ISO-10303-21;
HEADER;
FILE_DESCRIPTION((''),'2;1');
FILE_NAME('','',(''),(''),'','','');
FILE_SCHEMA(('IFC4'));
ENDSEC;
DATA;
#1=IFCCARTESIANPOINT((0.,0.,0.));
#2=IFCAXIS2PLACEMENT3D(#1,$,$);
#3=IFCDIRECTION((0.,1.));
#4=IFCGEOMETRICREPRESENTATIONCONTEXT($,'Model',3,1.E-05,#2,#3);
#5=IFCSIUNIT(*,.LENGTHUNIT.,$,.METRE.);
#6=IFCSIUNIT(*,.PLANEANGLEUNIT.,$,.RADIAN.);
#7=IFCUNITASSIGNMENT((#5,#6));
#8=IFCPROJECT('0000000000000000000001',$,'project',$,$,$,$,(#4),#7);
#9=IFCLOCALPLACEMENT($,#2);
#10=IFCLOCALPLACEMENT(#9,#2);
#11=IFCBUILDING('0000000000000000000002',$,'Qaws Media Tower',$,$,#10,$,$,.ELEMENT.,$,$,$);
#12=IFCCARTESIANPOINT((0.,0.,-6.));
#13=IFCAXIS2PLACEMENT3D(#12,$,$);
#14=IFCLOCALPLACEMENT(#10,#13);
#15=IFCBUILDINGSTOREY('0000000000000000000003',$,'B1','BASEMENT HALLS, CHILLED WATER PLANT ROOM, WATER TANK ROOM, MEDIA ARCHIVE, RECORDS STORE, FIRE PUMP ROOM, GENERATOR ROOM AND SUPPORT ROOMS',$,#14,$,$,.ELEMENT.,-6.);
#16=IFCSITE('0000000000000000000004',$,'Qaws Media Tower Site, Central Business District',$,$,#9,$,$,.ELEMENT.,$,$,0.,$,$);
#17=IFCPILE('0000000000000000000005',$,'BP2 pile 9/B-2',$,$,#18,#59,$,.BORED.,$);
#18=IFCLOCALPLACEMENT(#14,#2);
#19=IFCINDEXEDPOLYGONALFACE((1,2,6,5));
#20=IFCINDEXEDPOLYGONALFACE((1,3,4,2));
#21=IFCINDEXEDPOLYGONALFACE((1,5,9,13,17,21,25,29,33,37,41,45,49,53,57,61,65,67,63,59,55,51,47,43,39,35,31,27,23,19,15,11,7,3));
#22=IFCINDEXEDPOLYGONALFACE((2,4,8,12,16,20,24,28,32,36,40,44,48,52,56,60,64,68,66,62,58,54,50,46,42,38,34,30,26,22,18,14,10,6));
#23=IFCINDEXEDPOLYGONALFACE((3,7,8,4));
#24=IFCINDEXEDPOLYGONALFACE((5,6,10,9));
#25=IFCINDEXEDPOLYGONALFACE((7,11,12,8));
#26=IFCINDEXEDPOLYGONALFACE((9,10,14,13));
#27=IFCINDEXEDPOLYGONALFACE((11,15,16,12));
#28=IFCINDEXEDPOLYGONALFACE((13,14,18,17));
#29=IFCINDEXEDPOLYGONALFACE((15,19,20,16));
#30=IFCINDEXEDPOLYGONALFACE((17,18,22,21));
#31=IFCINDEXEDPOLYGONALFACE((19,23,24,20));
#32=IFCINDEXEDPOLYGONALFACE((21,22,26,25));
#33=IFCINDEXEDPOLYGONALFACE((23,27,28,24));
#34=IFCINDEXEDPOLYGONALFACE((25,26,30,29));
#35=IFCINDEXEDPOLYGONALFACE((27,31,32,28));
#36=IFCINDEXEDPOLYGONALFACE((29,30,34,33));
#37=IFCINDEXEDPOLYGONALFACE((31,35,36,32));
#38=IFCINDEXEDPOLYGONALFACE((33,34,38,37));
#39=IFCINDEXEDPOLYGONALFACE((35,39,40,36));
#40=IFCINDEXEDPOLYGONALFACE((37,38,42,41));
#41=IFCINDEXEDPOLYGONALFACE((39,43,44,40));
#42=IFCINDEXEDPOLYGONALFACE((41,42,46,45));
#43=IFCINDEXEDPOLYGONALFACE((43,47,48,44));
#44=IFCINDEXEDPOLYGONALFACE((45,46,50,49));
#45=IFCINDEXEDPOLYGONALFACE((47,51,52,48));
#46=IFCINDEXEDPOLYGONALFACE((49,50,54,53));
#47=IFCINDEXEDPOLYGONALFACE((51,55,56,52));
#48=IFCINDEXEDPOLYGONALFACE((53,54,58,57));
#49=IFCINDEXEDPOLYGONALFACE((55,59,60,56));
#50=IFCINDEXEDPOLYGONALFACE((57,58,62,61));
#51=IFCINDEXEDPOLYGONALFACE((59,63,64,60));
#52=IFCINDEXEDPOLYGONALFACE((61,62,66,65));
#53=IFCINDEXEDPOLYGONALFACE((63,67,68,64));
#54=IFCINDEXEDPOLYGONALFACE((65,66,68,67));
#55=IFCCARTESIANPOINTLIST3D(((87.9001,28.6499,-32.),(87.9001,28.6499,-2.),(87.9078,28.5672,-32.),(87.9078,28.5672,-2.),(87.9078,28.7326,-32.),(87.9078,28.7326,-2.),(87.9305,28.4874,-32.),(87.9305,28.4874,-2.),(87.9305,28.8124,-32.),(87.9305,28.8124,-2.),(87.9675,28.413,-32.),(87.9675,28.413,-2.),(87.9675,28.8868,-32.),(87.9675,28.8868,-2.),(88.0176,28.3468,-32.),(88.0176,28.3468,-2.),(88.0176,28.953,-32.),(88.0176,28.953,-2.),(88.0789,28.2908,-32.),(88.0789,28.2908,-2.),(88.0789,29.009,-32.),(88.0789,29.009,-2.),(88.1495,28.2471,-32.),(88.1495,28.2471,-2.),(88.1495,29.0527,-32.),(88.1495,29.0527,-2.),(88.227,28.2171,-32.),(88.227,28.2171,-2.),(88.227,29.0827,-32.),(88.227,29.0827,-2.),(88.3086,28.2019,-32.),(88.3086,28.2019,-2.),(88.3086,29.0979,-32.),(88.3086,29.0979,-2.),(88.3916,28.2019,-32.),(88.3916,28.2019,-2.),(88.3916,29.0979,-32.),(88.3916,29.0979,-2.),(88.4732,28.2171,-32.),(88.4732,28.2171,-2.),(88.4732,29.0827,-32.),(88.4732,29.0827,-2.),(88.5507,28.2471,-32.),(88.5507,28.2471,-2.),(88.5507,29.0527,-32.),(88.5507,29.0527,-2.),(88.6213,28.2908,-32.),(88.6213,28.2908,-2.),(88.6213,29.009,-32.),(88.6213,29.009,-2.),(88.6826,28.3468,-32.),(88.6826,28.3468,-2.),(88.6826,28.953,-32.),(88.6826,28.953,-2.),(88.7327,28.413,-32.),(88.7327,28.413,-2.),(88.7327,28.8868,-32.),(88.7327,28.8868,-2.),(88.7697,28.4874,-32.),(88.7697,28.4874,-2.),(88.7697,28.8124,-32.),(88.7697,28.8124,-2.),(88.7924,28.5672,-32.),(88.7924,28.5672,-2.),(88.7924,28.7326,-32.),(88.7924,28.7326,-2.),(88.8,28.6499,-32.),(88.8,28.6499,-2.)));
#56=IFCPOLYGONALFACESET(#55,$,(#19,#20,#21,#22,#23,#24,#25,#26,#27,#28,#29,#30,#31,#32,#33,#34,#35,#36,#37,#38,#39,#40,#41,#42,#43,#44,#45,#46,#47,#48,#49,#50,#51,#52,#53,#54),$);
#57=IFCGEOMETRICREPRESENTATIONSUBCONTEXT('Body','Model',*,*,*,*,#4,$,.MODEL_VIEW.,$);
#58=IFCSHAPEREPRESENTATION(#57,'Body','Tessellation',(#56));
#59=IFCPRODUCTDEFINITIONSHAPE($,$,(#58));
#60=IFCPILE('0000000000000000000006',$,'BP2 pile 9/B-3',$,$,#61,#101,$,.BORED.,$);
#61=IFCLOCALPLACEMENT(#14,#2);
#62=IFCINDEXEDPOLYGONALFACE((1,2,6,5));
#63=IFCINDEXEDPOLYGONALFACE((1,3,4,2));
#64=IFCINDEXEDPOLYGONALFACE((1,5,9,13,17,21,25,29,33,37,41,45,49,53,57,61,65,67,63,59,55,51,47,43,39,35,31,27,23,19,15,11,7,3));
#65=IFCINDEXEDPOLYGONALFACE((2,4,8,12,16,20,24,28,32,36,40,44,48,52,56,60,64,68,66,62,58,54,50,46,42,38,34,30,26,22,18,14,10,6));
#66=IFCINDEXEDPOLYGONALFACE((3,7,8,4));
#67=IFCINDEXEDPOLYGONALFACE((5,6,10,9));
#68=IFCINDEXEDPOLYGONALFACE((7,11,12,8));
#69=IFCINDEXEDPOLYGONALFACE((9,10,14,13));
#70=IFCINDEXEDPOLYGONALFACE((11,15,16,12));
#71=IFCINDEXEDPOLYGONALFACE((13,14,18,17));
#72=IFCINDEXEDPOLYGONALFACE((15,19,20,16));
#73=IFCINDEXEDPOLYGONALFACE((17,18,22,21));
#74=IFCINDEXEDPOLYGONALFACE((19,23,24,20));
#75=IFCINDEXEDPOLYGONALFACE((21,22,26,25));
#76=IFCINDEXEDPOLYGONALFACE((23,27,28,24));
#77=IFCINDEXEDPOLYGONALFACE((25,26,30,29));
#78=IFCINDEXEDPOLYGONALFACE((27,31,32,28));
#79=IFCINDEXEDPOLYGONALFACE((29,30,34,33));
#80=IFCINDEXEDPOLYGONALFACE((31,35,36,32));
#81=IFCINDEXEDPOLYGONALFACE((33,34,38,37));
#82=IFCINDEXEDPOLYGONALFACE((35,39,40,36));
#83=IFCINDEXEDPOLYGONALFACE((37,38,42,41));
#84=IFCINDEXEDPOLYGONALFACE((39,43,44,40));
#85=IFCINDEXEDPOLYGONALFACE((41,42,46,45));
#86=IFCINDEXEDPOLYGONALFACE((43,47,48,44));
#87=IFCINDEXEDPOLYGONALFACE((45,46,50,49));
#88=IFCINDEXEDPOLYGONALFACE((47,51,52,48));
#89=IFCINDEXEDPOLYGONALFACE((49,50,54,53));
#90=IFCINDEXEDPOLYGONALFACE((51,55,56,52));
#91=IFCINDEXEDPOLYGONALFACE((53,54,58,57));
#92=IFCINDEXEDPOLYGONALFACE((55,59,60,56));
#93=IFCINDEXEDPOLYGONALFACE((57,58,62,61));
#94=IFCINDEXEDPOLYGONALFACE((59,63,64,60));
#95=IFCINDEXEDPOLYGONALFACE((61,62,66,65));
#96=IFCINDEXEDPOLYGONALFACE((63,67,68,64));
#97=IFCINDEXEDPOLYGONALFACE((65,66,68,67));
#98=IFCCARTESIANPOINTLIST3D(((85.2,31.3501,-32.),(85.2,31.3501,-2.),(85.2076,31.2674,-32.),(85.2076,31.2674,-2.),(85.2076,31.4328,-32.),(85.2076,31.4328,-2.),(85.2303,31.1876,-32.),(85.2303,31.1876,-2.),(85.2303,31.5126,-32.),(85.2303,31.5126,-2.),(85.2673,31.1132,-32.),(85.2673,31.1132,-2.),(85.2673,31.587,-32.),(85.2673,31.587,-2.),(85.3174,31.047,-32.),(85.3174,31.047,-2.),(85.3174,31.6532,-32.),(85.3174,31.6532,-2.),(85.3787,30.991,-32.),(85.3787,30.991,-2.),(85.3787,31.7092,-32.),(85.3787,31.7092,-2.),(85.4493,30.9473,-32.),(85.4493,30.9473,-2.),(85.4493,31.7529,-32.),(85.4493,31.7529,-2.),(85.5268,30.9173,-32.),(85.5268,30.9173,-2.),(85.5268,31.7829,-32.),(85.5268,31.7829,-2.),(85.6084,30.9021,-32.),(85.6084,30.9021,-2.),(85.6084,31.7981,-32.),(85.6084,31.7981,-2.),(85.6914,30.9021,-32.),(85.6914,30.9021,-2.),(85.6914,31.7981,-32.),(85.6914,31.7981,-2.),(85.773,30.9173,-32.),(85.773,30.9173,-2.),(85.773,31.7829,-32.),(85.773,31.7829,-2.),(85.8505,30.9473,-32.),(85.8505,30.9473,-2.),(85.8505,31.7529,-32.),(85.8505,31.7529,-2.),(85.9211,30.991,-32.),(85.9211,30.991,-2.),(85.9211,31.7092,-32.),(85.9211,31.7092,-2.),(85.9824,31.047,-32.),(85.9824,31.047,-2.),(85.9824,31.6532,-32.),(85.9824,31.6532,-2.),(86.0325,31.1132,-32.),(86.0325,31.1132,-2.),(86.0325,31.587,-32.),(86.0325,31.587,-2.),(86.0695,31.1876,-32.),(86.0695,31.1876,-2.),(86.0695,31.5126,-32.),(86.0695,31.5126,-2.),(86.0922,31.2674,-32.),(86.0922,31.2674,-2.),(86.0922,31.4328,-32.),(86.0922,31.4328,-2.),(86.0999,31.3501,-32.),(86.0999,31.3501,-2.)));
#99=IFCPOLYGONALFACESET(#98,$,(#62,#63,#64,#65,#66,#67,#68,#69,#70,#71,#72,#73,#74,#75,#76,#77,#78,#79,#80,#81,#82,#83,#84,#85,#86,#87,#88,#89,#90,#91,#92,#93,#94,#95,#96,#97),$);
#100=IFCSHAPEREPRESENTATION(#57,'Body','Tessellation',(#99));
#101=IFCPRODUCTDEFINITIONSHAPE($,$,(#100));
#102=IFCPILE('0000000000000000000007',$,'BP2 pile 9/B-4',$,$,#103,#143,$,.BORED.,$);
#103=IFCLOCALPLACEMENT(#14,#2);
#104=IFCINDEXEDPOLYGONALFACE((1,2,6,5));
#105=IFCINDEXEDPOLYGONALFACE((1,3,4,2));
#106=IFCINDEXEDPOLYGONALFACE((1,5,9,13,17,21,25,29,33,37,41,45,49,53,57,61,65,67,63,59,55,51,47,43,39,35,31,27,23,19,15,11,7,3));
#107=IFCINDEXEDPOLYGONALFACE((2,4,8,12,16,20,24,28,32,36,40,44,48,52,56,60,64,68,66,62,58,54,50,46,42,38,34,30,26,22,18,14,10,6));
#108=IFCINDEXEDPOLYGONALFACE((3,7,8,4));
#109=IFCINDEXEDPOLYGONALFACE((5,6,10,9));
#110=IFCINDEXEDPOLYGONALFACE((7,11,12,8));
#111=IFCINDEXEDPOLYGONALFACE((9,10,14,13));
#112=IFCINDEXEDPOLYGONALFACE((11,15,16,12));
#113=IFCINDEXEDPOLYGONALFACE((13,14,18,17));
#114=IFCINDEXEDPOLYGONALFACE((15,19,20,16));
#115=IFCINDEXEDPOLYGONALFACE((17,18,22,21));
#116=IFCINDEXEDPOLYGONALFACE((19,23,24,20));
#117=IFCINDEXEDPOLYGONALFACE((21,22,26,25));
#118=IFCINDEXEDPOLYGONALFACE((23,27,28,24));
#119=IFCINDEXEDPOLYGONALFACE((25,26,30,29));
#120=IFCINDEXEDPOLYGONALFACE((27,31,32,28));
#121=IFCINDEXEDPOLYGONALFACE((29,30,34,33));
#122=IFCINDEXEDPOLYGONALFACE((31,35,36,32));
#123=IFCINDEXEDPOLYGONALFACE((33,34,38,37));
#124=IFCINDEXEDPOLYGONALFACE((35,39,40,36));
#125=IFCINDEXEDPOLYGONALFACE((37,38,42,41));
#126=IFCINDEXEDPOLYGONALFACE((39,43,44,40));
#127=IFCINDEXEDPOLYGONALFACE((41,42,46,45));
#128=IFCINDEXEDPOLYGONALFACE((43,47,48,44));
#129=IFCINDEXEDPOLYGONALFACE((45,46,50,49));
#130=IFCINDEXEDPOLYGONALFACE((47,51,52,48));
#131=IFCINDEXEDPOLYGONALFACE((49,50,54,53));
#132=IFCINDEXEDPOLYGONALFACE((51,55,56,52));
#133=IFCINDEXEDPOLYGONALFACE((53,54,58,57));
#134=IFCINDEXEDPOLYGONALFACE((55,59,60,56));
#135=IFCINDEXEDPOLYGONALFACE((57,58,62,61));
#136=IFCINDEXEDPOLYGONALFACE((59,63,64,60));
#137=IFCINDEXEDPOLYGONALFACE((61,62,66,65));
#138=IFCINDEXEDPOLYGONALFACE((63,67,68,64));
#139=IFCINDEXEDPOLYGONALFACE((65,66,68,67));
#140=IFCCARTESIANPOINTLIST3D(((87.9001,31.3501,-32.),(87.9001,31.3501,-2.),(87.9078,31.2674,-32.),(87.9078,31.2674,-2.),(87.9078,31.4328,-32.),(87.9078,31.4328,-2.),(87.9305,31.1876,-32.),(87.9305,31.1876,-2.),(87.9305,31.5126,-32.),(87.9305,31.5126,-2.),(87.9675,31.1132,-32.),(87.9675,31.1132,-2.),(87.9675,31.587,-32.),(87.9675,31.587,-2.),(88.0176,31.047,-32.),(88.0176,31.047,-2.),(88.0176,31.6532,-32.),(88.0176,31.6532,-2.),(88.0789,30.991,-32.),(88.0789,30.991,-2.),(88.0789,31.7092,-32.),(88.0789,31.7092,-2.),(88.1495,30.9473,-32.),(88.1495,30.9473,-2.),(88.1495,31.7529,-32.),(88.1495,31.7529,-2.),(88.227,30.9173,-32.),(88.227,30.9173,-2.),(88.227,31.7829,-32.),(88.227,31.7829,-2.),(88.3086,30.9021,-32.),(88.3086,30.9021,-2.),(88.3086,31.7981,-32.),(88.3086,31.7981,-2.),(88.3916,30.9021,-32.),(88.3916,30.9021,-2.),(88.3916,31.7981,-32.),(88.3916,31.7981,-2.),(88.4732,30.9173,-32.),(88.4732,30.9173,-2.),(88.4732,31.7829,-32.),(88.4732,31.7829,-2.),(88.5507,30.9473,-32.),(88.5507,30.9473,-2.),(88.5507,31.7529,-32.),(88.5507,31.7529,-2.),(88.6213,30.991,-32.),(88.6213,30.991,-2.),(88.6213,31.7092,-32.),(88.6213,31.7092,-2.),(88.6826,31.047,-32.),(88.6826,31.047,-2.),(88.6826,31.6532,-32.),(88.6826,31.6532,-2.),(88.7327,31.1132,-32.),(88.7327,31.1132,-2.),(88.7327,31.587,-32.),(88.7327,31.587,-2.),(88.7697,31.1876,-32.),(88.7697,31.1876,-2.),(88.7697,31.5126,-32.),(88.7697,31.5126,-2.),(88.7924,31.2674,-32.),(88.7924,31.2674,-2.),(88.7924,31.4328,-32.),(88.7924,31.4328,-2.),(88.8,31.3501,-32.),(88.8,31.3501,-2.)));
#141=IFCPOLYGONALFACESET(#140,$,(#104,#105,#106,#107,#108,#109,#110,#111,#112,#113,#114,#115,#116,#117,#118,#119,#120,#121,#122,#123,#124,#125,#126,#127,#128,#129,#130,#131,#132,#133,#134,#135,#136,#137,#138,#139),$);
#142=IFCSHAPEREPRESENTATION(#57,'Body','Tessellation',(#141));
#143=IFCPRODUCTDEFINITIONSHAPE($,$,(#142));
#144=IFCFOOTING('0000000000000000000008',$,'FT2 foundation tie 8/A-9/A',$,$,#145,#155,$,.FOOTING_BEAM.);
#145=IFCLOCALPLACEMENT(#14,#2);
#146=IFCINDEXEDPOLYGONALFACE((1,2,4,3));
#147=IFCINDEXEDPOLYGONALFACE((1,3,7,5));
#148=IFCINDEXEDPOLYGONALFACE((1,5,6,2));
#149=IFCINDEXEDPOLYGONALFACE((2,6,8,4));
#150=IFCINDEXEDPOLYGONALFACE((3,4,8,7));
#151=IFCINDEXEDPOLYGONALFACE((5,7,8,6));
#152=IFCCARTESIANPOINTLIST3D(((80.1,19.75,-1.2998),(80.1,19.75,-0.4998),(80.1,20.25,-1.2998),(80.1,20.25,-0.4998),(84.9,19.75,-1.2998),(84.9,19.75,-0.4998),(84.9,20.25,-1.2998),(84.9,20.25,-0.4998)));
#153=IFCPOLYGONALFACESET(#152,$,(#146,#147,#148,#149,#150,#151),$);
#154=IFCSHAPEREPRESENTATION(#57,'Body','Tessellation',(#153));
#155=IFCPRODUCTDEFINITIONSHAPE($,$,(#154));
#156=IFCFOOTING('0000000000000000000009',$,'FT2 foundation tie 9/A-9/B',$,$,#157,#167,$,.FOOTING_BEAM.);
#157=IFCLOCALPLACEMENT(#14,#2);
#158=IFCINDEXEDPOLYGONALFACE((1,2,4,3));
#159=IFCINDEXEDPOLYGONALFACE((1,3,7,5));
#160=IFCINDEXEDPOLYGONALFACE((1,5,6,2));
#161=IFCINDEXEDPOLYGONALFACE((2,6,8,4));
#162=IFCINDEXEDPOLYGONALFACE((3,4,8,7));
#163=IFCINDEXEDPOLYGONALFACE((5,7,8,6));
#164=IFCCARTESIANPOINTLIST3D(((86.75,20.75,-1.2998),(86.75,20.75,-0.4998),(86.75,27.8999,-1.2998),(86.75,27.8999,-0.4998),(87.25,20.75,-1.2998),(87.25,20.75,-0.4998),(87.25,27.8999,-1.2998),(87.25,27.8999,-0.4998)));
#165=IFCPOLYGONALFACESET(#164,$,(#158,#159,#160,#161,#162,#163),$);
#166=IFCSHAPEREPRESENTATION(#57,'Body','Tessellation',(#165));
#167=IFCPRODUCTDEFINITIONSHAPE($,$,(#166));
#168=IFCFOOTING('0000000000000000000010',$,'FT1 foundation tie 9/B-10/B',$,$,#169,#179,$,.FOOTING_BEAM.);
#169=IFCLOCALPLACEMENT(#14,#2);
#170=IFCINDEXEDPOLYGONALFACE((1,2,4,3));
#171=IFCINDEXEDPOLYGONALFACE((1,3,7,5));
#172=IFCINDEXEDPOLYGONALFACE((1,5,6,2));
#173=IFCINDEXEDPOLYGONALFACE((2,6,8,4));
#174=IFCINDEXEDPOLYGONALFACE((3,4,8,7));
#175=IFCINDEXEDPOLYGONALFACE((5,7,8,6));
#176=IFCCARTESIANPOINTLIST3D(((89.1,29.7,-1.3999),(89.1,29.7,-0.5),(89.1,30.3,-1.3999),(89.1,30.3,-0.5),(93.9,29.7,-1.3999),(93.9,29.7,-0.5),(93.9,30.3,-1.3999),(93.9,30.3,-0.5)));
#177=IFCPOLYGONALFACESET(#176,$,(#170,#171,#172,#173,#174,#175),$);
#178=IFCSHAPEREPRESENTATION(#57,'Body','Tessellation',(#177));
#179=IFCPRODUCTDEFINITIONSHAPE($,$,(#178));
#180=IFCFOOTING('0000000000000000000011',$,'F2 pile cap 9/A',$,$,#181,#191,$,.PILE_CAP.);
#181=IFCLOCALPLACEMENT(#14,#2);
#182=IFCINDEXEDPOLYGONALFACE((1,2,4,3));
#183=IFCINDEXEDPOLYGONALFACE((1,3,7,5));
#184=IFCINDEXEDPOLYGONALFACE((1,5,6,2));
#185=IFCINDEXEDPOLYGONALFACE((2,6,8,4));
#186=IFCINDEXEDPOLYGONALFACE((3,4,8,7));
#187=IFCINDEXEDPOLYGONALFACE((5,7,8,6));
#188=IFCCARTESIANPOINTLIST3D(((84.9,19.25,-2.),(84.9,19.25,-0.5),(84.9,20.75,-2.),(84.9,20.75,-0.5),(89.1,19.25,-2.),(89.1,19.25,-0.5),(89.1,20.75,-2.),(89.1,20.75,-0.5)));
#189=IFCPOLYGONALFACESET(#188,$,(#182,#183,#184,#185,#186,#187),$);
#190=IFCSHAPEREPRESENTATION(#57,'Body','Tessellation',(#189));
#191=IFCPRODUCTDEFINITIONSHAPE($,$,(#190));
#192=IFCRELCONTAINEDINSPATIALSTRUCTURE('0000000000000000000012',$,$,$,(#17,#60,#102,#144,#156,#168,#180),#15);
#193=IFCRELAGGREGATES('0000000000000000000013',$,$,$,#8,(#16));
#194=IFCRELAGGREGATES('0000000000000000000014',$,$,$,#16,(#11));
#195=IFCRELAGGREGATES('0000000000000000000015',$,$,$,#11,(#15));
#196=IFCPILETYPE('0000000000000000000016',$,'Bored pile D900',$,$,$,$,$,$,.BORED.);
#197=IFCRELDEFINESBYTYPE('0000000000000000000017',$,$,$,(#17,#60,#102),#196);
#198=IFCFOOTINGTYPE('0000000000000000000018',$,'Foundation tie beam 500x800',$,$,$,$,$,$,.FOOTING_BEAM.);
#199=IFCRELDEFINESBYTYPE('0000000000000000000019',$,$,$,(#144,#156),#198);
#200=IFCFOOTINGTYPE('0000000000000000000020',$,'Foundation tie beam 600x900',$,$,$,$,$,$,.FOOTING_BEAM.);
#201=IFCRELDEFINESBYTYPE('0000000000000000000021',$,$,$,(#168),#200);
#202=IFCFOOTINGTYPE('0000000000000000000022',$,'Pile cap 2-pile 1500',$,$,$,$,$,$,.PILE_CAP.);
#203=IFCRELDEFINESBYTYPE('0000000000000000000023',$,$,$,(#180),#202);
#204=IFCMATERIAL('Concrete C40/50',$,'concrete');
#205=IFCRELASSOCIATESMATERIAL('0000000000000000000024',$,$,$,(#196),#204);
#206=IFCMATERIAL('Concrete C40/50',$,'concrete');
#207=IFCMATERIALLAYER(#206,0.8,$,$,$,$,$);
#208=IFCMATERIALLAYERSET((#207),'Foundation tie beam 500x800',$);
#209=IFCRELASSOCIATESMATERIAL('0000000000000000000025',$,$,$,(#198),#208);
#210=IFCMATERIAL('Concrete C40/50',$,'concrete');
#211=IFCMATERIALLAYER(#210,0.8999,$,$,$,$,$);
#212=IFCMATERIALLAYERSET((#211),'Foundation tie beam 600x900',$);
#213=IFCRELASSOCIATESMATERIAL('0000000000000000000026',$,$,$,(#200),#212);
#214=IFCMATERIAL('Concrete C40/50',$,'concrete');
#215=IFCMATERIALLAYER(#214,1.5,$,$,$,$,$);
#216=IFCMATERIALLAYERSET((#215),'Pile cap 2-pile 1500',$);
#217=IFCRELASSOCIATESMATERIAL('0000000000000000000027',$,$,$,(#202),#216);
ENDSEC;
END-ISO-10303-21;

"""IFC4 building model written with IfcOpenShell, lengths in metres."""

from ifc_helpers import new_model, si_unit, direction, frame, origin, origin_2d, place, context, subcontext, project, spatial, rectangle, circle, extrude, material, layer, layer_set, material_profile, profile_set, type_object, element, save


model = new_model("IFC4")

# Units and contexts
model_context = context("Model", 3, precision=1e-05, world=origin(), true_north=direction((0.0, 1.0)))
body_context = subcontext(model_context, "Body", "Model", "MODEL_VIEW")
ifc_project = project(units=[si_unit("LENGTHUNIT", "METRE"), si_unit("PLANEANGLEUNIT", "RADIAN")], contexts=[model_context])

# Site, building, storey
site_placement = place(None, origin())
site = spatial("IfcSite", under=ifc_project, at=site_placement, Name="Qaws Media Tower Site, Central Business District", CompositionType="ELEMENT", RefElevation=0.0)
building_placement = place(site_placement, origin())
building = spatial("IfcBuilding", under=site, at=building_placement, Name="Qaws Media Tower", CompositionType="ELEMENT")
storey_placement = place(building_placement, frame((0.0, 0.0, -6.0)))
storey = spatial("IfcBuildingStorey", under=building, at=storey_placement, Name="B1", Description="BASEMENT HALLS, CHILLED WATER PLANT ROOM, WATER TANK ROOM, MEDIA ARCHIVE, RECORDS STORE, FIRE PUMP ROOM, GENERATOR ROOM AND SUPPORT ROOMS", CompositionType="ELEMENT", Elevation=-6.0)

# Piles
ifc_material_1 = material(Name="Concrete C40/50", Category="concrete")
ifc_material_profile_1 = material_profile(ifc_material_1, circle(Radius=0.45, at=origin_2d()), Name="D900")
ifc_profile_set_1 = profile_set([ifc_material_profile_1], Name="Concrete C40/50")
pile_type = type_object("IfcPileType", Name="Bored pile D900", PredefinedType="BORED", material=ifc_profile_set_1)
for number, where, z_axis, x_axis, name in (
    (1, (88.3501, 28.6499, -2.0), (0.0, 0.0, -1.0), (1.0, 0.0, 0.0), "BP2 pile 9/B-2"),
    (2, (85.6499, 31.3501, -2.0), (0.0, 0.0, -1.0), (1.0, 0.0, 0.0), "BP2 pile 9/B-3"),
    (3, (88.3501, 31.3501, -2.0), (0.0, 0.0, -1.0), (1.0, 0.0, 0.0), "BP2 pile 9/B-4"),
):
    element("IfcPile", number, at=place(storey_placement, frame(where, z_axis=z_axis, x_axis=x_axis)), inside=storey, type_object=pile_type, Name=name, PredefinedType="BORED", context=body_context, shape_type="SweptSolid", body=[
        extrude(circle(Radius=0.45, at=origin_2d()), origin(), (0.0, 0.0, 1.0), 30.0),
    ])

# Footings
ifc_material_2 = material(Name="Concrete C40/50", Category="concrete")
ifc_layer_1 = layer(ifc_material_2, 0.8)
ifc_layer_set_1 = layer_set([ifc_layer_1], Name="Foundation tie beam 500x800")
footing_type_1 = type_object("IfcFootingType", Name="Foundation tie beam 500x800", PredefinedType="FOOTING_BEAM", material=ifc_layer_set_1)
footing_1_placement = place(storey_placement, frame((82.5, 20.0, -1.2998), z_axis=(0.0, 0.0, 1.0), x_axis=(1.0, 0.0, 0.0)))
element("IfcFooting", 4, at=footing_1_placement, inside=storey, type_object=footing_type_1, Name="FT2 foundation tie 8/A-9/A", PredefinedType="FOOTING_BEAM", context=body_context, shape_type="SweptSolid", body=[
    extrude(rectangle(XDim=4.8, YDim=0.5, at=origin_2d()), origin(), (0.0, 0.0, 1.0), 0.8),
])
footing_2_placement = place(storey_placement, frame((87.0, 24.325, -1.2998), z_axis=(0.0, 0.0, 1.0), x_axis=(1.0, 0.0, 0.0)))
element("IfcFooting", 5, at=footing_2_placement, inside=storey, type_object=footing_type_1, Name="FT2 foundation tie 9/A-9/B", PredefinedType="FOOTING_BEAM", context=body_context, shape_type="SweptSolid", body=[
    extrude(rectangle(XDim=0.5, YDim=7.1499, at=origin_2d()), origin(), (0.0, 0.0, 1.0), 0.8),
])
ifc_material_3 = material(Name="Concrete C40/50", Category="concrete")
ifc_layer_2 = layer(ifc_material_3, 0.8999)
ifc_layer_set_2 = layer_set([ifc_layer_2], Name="Foundation tie beam 600x900")
footing_type_2 = type_object("IfcFootingType", Name="Foundation tie beam 600x900", PredefinedType="FOOTING_BEAM", material=ifc_layer_set_2)
footing_3_placement = place(storey_placement, frame((91.5, 30.0, -1.3999), z_axis=(0.0, 0.0, 1.0), x_axis=(1.0, 0.0, 0.0)))
element("IfcFooting", 6, at=footing_3_placement, inside=storey, type_object=footing_type_2, Name="FT1 foundation tie 9/B-10/B", PredefinedType="FOOTING_BEAM", context=body_context, shape_type="SweptSolid", body=[
    extrude(rectangle(XDim=4.8, YDim=0.6001, at=origin_2d()), origin(), (0.0, 0.0, 1.0), 0.8999),
])
ifc_material_4 = material(Name="Concrete C40/50", Category="concrete")
ifc_layer_3 = layer(ifc_material_4, 1.5)
ifc_layer_set_3 = layer_set([ifc_layer_3], Name="Pile cap 2-pile 1500")
footing_type_3 = type_object("IfcFootingType", Name="Pile cap 2-pile 1500", PredefinedType="PILE_CAP", material=ifc_layer_set_3)
footing_4_placement = place(storey_placement, frame((87.0, 20.0, -2.0), z_axis=(0.0, 0.0, 1.0), x_axis=(1.0, 0.0, 0.0)))
element("IfcFooting", 7, at=footing_4_placement, inside=storey, type_object=footing_type_3, Name="F2 pile cap 9/A", PredefinedType="PILE_CAP", context=body_context, shape_type="SweptSolid", body=[
    extrude(rectangle(XDim=4.2, YDim=1.5, at=origin_2d()), origin(), (0.0, 0.0, 1.0), 1.5),
])

save(model, "model.ifc")
